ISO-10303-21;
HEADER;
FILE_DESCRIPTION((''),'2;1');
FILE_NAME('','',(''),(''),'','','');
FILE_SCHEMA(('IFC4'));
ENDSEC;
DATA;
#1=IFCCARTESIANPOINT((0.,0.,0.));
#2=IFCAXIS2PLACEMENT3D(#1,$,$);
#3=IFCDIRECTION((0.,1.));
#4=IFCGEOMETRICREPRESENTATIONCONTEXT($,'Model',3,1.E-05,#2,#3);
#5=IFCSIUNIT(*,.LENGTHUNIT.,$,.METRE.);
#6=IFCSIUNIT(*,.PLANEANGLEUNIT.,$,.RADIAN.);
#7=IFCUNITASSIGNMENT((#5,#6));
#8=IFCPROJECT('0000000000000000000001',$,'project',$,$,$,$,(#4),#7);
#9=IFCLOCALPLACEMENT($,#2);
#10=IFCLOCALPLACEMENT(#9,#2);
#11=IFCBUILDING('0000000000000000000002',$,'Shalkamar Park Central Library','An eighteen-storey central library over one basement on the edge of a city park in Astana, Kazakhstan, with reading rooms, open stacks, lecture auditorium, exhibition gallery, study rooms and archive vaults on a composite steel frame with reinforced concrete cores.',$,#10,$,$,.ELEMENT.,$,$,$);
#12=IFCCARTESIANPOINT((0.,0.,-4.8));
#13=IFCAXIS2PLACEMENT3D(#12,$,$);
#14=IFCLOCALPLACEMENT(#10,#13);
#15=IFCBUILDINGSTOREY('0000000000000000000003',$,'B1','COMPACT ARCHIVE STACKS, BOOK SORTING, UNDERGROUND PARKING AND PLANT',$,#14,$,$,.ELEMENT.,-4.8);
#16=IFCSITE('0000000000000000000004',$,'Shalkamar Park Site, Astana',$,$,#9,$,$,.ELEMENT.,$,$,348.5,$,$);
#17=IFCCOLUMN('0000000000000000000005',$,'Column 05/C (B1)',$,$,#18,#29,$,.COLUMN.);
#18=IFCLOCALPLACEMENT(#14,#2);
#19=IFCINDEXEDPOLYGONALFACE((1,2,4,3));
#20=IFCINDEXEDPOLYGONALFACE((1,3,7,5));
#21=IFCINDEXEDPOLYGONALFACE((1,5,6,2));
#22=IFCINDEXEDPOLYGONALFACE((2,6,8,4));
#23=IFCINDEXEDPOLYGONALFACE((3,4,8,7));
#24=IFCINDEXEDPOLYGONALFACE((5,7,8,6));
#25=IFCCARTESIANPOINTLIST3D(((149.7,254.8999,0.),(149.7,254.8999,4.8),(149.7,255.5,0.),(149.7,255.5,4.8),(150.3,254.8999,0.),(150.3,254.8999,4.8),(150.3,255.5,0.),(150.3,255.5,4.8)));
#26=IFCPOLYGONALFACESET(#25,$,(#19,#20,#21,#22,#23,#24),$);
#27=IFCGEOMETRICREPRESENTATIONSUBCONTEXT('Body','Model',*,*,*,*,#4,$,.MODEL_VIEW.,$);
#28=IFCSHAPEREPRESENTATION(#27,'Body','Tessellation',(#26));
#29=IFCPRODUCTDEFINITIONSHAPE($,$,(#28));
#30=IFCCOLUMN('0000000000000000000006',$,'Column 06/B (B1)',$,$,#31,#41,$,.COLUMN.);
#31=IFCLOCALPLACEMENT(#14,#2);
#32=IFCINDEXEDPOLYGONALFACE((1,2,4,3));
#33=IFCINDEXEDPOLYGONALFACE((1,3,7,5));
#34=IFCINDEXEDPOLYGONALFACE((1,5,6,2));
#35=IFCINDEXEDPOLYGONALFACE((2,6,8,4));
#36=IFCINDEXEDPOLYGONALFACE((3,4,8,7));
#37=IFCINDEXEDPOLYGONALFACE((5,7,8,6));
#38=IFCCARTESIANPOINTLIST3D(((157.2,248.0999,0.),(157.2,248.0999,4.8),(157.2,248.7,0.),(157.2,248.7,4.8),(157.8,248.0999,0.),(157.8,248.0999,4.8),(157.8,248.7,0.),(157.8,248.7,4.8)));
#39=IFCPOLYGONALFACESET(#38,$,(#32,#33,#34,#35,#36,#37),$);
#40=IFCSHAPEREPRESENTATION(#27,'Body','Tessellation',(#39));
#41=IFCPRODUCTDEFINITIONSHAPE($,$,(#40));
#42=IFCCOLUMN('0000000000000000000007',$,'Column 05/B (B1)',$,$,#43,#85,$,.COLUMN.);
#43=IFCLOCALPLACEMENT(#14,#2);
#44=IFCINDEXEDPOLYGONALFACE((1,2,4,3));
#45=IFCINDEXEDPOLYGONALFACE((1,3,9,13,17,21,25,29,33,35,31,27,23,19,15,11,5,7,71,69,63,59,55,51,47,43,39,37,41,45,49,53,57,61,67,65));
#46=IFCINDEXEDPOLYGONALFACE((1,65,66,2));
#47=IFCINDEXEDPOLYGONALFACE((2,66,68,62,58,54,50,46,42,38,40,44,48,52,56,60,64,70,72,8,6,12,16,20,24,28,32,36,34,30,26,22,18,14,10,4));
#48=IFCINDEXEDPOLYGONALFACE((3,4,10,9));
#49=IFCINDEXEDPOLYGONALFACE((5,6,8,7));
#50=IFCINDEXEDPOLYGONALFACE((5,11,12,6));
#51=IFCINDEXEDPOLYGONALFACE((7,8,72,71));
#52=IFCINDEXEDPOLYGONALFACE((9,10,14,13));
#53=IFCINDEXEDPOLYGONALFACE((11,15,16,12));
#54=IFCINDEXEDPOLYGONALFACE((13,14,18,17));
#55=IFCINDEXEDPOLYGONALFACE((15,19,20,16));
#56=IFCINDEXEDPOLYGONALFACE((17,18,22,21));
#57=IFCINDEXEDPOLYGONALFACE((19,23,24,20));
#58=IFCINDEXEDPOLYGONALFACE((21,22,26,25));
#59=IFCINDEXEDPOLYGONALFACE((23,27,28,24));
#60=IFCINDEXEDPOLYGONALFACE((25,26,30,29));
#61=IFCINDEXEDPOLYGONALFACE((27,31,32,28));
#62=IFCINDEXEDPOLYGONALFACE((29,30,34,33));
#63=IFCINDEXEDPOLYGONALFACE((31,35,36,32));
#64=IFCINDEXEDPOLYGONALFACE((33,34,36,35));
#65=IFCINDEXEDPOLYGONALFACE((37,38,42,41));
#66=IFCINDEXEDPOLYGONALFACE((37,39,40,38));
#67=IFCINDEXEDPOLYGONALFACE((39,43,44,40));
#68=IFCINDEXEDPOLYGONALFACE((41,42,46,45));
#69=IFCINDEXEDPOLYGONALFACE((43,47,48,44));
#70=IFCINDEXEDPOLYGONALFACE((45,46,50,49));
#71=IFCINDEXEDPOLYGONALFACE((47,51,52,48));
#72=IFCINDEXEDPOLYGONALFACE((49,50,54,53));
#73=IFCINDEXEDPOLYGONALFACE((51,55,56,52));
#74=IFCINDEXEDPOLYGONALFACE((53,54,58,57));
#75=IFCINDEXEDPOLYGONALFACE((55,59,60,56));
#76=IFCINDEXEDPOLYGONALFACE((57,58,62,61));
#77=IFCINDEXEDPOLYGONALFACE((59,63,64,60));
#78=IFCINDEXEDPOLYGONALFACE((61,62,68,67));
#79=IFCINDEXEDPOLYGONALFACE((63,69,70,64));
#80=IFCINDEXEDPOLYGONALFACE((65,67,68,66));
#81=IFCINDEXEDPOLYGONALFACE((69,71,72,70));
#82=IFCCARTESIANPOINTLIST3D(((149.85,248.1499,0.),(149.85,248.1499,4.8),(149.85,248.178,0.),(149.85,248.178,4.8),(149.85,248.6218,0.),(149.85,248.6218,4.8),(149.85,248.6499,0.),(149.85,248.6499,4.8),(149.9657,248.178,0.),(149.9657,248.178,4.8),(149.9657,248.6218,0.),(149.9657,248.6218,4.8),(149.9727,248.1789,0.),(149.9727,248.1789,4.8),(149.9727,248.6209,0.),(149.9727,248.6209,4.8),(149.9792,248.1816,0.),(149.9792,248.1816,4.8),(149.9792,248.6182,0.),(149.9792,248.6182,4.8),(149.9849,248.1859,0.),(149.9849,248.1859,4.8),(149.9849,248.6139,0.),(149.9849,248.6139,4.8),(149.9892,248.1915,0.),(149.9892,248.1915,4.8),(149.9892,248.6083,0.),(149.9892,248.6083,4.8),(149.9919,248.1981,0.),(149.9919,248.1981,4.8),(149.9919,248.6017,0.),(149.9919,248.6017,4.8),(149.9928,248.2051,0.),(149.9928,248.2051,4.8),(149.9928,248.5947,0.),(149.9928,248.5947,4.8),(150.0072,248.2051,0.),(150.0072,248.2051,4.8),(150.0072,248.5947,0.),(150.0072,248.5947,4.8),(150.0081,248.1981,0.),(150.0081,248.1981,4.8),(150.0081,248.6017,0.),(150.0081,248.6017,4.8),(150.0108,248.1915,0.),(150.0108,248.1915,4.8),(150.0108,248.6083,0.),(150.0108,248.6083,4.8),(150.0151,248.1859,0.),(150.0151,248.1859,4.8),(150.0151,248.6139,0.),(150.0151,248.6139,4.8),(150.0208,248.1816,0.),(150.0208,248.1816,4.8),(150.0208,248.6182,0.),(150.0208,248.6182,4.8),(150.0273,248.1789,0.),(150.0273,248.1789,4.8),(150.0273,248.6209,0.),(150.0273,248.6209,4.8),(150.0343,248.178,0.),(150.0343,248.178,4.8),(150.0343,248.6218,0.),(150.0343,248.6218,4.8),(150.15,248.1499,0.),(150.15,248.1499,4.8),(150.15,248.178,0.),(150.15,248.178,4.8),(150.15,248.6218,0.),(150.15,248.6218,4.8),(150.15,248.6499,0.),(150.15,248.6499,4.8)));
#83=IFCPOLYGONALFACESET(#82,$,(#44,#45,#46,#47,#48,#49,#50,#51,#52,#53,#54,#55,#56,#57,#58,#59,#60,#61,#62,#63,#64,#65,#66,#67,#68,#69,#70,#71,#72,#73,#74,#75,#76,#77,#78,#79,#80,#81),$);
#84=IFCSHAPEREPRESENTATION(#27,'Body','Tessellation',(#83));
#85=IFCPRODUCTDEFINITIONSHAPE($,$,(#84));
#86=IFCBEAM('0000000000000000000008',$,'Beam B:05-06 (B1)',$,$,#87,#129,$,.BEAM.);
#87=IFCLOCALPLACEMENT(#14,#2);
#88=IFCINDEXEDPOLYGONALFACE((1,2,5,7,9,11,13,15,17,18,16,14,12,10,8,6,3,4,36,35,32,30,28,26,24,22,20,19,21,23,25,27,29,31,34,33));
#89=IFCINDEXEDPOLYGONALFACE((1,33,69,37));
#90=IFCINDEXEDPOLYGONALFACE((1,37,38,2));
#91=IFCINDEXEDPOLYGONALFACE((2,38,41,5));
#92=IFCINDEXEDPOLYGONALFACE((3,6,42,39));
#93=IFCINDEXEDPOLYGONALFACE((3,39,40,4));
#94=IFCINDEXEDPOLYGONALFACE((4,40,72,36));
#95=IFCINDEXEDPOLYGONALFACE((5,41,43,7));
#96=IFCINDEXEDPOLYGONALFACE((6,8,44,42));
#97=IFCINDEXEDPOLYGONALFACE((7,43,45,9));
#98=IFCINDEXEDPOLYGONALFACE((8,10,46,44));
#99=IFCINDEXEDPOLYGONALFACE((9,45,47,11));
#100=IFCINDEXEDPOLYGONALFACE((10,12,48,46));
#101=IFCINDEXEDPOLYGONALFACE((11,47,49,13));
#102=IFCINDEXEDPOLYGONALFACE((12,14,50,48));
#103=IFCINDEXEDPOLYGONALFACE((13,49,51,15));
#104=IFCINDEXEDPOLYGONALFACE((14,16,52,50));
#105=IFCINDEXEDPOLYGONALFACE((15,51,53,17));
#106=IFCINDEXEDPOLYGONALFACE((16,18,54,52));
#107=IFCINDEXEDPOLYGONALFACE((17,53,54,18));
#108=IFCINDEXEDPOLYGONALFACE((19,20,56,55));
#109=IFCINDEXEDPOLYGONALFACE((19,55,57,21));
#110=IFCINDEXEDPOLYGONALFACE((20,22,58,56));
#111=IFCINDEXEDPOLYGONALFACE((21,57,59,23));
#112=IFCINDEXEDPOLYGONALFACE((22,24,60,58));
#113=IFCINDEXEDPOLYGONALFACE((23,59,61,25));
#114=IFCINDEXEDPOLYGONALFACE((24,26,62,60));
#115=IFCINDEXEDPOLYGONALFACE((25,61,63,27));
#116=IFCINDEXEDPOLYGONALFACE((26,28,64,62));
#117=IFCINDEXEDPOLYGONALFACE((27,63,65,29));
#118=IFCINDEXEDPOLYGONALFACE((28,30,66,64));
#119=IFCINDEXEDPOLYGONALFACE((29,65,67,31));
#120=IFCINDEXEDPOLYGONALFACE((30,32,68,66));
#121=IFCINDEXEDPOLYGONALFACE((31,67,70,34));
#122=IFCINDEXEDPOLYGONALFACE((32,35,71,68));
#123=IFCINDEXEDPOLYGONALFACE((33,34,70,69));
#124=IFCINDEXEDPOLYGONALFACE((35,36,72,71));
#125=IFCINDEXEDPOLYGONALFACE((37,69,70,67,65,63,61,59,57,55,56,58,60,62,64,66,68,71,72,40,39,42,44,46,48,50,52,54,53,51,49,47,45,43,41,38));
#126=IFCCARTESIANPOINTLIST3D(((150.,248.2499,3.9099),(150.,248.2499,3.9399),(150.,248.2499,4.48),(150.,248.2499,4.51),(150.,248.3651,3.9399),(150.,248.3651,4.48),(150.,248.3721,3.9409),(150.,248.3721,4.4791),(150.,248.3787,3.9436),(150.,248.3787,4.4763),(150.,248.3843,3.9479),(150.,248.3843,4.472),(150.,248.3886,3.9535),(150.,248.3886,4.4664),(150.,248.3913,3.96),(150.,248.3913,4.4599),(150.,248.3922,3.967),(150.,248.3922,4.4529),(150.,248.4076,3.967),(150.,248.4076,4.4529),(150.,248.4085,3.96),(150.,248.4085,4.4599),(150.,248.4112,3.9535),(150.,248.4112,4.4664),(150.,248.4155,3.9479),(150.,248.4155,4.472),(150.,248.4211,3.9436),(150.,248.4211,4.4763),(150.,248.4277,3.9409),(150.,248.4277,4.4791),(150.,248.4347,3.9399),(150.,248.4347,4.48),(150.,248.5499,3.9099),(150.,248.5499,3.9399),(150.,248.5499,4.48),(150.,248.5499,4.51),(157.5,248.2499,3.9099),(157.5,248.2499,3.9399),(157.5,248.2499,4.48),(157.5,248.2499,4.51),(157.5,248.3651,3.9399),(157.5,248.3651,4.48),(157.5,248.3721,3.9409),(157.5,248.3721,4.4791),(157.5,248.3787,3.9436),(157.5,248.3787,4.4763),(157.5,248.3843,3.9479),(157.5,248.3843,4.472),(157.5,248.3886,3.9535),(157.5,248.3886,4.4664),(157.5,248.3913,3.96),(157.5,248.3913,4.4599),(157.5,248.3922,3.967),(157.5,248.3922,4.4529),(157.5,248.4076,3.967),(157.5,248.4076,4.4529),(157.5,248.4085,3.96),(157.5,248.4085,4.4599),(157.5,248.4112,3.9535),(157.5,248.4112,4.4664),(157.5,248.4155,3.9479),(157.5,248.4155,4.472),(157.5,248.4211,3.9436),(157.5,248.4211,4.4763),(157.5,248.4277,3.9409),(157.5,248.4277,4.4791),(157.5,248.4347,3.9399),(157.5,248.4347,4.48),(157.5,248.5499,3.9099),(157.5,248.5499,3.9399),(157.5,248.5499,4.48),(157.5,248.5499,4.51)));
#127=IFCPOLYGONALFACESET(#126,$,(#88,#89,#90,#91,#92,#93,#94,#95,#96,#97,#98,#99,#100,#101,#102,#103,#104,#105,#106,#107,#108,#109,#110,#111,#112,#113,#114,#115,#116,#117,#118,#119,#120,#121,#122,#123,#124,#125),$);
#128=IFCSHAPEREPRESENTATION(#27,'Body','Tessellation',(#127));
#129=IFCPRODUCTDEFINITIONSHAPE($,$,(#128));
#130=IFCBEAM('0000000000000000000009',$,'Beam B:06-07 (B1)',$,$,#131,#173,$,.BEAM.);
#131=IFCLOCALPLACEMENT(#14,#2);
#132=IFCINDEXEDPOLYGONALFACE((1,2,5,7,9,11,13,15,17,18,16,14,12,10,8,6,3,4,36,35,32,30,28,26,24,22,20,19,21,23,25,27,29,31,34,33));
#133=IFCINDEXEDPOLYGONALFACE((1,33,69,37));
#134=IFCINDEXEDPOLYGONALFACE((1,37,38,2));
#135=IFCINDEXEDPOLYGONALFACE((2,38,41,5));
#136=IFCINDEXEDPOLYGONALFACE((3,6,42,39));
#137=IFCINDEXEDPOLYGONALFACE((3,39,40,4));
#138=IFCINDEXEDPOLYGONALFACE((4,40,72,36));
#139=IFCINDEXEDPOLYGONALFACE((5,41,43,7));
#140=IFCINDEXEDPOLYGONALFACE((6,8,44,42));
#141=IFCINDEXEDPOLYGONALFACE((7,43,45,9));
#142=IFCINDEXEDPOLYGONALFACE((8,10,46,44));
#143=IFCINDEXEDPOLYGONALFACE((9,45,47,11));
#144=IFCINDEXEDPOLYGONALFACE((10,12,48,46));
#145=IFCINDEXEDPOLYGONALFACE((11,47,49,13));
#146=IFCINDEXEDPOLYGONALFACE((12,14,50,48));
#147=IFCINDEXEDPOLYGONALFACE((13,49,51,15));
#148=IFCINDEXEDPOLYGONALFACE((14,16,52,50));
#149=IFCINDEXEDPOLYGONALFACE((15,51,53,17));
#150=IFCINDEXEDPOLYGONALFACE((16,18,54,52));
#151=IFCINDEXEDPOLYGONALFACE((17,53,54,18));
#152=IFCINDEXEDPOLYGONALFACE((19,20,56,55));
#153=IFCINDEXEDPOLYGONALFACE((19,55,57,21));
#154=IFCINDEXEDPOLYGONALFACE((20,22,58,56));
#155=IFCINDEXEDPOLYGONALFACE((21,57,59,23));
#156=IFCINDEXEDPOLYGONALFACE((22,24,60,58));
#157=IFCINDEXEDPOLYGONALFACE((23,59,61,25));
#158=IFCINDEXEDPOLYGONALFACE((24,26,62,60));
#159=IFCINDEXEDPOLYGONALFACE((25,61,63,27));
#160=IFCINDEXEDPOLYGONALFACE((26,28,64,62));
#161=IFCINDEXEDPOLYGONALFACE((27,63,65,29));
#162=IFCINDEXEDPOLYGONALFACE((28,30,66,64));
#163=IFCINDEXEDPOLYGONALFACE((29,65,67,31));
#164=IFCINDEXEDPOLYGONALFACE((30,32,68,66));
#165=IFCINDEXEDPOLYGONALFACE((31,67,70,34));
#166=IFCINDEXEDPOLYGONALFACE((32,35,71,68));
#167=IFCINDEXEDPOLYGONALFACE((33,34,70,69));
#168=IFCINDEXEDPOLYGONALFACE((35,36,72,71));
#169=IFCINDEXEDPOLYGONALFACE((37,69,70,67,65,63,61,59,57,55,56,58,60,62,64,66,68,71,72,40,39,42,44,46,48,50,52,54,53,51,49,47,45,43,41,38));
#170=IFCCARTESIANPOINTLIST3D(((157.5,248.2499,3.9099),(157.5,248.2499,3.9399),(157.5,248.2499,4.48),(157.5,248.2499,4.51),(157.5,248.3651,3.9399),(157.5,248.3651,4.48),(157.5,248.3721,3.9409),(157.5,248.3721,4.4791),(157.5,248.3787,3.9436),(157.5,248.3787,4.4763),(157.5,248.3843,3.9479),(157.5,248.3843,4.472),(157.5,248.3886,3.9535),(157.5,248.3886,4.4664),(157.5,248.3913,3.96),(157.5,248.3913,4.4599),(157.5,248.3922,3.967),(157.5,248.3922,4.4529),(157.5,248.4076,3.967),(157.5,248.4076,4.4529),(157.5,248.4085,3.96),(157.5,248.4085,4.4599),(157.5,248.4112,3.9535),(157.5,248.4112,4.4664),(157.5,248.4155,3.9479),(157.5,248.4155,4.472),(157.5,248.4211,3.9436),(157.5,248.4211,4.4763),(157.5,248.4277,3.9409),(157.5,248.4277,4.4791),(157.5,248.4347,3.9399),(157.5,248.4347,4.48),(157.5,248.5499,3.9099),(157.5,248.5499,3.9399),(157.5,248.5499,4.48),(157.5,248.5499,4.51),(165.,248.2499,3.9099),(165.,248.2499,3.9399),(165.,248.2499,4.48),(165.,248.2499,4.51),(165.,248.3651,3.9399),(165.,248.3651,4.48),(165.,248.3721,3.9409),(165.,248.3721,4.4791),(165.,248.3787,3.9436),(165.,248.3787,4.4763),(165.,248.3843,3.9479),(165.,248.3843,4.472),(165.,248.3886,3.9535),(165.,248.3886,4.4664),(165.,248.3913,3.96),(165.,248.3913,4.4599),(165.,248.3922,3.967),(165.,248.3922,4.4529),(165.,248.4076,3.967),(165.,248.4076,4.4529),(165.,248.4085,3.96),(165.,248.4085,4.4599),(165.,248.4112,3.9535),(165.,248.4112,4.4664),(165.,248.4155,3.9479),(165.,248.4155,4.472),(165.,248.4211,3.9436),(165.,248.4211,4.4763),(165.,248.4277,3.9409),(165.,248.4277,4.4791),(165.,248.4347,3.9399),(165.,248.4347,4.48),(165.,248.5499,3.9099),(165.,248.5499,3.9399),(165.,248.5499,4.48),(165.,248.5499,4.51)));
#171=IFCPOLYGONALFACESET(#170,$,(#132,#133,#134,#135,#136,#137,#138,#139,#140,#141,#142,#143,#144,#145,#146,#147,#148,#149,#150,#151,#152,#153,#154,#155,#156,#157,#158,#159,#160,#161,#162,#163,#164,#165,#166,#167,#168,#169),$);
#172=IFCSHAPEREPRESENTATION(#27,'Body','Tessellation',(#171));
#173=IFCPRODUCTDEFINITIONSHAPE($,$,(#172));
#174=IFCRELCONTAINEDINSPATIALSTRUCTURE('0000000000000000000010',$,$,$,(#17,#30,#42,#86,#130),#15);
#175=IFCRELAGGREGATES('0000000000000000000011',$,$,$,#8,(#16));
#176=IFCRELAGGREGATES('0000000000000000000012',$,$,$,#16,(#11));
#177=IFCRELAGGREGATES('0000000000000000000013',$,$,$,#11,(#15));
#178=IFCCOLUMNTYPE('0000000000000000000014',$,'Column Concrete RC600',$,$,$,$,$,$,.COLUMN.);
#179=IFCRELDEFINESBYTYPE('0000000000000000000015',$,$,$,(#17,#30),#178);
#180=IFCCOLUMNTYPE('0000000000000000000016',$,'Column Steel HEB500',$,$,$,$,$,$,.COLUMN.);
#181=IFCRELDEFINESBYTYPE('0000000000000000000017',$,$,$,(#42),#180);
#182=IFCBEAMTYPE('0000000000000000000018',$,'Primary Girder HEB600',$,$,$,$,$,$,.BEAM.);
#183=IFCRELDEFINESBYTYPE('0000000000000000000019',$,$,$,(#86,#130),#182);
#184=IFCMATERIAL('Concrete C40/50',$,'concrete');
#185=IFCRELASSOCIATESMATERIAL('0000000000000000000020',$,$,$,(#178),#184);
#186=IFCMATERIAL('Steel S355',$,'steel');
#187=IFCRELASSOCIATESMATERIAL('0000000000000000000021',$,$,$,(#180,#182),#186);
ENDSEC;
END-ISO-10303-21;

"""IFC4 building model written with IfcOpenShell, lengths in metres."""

from ifc_helpers import new_model, si_unit, direction, frame, origin, origin_2d, place, context, subcontext, project, spatial, rectangle, i_section, extrude, material, material_profile, profile_set, type_object, element, save


model = new_model("IFC4")

# Units and contexts
model_context = context("Model", 3, precision=1e-05, world=origin(), true_north=direction((0.0, 1.0)))
body_context = subcontext(model_context, "Body", "Model", "MODEL_VIEW")
ifc_project = project(units=[si_unit("LENGTHUNIT", "METRE"), si_unit("PLANEANGLEUNIT", "RADIAN")], contexts=[model_context])

# Site, building, storey
site_placement = place(None, origin())
site = spatial("IfcSite", under=ifc_project, at=site_placement, Name="Shalkamar Park Site, Astana", CompositionType="ELEMENT", RefElevation=348.5)
building_placement = place(site_placement, origin())
building = spatial("IfcBuilding", under=site, at=building_placement, Name="Shalkamar Park Central Library", Description="An eighteen-storey central library over one basement on the edge of a city park in Astana, Kazakhstan, with reading rooms, open stacks, lecture auditorium, exhibition gallery, study rooms and archive vaults on a composite steel frame with reinforced concrete cores.", CompositionType="ELEMENT")
storey_placement = place(building_placement, frame((0.0, 0.0, -4.8)))
storey = spatial("IfcBuildingStorey", under=building, at=storey_placement, Name="B1", Description="COMPACT ARCHIVE STACKS, BOOK SORTING, UNDERGROUND PARKING AND PLANT", CompositionType="ELEMENT", Elevation=-4.8)

# Columns
ifc_material_1 = material(Name="Concrete C40/50", Category="concrete")
ifc_material_profile_1 = material_profile(ifc_material_1, rectangle(XDim=0.6001, YDim=0.6001, at=origin_2d()), Name="RC 600x600")
ifc_profile_set_1 = profile_set([ifc_material_profile_1], Name="Concrete C40/50")
column_type_1 = type_object("IfcColumnType", Name="Column Concrete RC600", PredefinedType="COLUMN", material=ifc_profile_set_1)
for number, where, z_axis, x_axis, name in (
    (1, (150.0, 255.2, 0.0), (0.0, 0.0, 1.0), (1.0, 0.0, 0.0), "Column 05/C (B1)"),
    (2, (157.5, 248.3999, 0.0), (0.0, 0.0, 1.0), (1.0, 0.0, 0.0), "Column 06/B (B1)"),
):
    element("IfcColumn", number, at=place(storey_placement, frame(where, z_axis=z_axis, x_axis=x_axis)), inside=storey, type_object=column_type_1, Name=name, PredefinedType="COLUMN", context=body_context, shape_type="SweptSolid", body=[
        extrude(rectangle(XDim=0.6001, YDim=0.6001, at=origin_2d()), origin(), (0.0, 0.0, 1.0), 4.8),
    ])
ifc_material_2 = material(Name="Steel S355", Category="steel")
ifc_material_profile_2 = material_profile(ifc_material_2, i_section(OverallWidth=0.3, OverallDepth=0.5, WebThickness=0.0144, FlangeThickness=0.0281, FilletRadius=0.0271, at=origin_2d()), Name="HEB 500")
ifc_profile_set_2 = profile_set([ifc_material_profile_2], Name="Steel S355")
column_type_2 = type_object("IfcColumnType", Name="Column Steel HEB500", PredefinedType="COLUMN", material=ifc_profile_set_2)
column_placement = place(storey_placement, frame((150.0, 248.3999, 0.0), z_axis=(0.0, 0.0, 1.0), x_axis=(1.0, 0.0, 0.0)))
element("IfcColumn", 3, at=column_placement, inside=storey, type_object=column_type_2, Name="Column 05/B (B1)", PredefinedType="COLUMN", context=body_context, shape_type="SweptSolid", body=[
    extrude(i_section(OverallWidth=0.3, OverallDepth=0.5, WebThickness=0.0144, FlangeThickness=0.0281, FilletRadius=0.0271, at=origin_2d()), origin(), (0.0, 0.0, 1.0), 4.8),
])

# Beams
ifc_material_profile_3 = material_profile(ifc_material_2, i_section(OverallWidth=0.3, OverallDepth=0.6001, WebThickness=0.0154, FlangeThickness=0.03, FilletRadius=0.0271, at=origin_2d()), Name="HEB 600")
ifc_profile_set_3 = profile_set([ifc_material_profile_3], Name="Steel S355")
beam_type_1 = type_object("IfcBeamType", Name="Primary Girder HEB600", PredefinedType="BEAM", material=ifc_profile_set_3)
for number, where, z_axis, x_axis, name in (
    (4, (150.0, 248.3999, 4.21), (1.0, 0.0, 0.0), (0.0, 1.0, 0.0), "Beam B:05-06 (B1)"),
    (5, (157.5, 248.3999, 4.21), (1.0, 0.0, 0.0), (0.0, 1.0, 0.0), "Beam B:06-07 (B1)"),
):
    element("IfcBeam", number, at=place(storey_placement, frame(where, z_axis=z_axis, x_axis=x_axis)), inside=storey, type_object=beam_type_1, Name=name, PredefinedType="BEAM", context=body_context, shape_type="SweptSolid", body=[
        extrude(i_section(OverallWidth=0.3, OverallDepth=0.6001, WebThickness=0.0154, FlangeThickness=0.03, FilletRadius=0.0271, at=origin_2d()), origin(), (0.0, 0.0, 1.0), 7.5),
    ])

save(model, "model.ifc")
